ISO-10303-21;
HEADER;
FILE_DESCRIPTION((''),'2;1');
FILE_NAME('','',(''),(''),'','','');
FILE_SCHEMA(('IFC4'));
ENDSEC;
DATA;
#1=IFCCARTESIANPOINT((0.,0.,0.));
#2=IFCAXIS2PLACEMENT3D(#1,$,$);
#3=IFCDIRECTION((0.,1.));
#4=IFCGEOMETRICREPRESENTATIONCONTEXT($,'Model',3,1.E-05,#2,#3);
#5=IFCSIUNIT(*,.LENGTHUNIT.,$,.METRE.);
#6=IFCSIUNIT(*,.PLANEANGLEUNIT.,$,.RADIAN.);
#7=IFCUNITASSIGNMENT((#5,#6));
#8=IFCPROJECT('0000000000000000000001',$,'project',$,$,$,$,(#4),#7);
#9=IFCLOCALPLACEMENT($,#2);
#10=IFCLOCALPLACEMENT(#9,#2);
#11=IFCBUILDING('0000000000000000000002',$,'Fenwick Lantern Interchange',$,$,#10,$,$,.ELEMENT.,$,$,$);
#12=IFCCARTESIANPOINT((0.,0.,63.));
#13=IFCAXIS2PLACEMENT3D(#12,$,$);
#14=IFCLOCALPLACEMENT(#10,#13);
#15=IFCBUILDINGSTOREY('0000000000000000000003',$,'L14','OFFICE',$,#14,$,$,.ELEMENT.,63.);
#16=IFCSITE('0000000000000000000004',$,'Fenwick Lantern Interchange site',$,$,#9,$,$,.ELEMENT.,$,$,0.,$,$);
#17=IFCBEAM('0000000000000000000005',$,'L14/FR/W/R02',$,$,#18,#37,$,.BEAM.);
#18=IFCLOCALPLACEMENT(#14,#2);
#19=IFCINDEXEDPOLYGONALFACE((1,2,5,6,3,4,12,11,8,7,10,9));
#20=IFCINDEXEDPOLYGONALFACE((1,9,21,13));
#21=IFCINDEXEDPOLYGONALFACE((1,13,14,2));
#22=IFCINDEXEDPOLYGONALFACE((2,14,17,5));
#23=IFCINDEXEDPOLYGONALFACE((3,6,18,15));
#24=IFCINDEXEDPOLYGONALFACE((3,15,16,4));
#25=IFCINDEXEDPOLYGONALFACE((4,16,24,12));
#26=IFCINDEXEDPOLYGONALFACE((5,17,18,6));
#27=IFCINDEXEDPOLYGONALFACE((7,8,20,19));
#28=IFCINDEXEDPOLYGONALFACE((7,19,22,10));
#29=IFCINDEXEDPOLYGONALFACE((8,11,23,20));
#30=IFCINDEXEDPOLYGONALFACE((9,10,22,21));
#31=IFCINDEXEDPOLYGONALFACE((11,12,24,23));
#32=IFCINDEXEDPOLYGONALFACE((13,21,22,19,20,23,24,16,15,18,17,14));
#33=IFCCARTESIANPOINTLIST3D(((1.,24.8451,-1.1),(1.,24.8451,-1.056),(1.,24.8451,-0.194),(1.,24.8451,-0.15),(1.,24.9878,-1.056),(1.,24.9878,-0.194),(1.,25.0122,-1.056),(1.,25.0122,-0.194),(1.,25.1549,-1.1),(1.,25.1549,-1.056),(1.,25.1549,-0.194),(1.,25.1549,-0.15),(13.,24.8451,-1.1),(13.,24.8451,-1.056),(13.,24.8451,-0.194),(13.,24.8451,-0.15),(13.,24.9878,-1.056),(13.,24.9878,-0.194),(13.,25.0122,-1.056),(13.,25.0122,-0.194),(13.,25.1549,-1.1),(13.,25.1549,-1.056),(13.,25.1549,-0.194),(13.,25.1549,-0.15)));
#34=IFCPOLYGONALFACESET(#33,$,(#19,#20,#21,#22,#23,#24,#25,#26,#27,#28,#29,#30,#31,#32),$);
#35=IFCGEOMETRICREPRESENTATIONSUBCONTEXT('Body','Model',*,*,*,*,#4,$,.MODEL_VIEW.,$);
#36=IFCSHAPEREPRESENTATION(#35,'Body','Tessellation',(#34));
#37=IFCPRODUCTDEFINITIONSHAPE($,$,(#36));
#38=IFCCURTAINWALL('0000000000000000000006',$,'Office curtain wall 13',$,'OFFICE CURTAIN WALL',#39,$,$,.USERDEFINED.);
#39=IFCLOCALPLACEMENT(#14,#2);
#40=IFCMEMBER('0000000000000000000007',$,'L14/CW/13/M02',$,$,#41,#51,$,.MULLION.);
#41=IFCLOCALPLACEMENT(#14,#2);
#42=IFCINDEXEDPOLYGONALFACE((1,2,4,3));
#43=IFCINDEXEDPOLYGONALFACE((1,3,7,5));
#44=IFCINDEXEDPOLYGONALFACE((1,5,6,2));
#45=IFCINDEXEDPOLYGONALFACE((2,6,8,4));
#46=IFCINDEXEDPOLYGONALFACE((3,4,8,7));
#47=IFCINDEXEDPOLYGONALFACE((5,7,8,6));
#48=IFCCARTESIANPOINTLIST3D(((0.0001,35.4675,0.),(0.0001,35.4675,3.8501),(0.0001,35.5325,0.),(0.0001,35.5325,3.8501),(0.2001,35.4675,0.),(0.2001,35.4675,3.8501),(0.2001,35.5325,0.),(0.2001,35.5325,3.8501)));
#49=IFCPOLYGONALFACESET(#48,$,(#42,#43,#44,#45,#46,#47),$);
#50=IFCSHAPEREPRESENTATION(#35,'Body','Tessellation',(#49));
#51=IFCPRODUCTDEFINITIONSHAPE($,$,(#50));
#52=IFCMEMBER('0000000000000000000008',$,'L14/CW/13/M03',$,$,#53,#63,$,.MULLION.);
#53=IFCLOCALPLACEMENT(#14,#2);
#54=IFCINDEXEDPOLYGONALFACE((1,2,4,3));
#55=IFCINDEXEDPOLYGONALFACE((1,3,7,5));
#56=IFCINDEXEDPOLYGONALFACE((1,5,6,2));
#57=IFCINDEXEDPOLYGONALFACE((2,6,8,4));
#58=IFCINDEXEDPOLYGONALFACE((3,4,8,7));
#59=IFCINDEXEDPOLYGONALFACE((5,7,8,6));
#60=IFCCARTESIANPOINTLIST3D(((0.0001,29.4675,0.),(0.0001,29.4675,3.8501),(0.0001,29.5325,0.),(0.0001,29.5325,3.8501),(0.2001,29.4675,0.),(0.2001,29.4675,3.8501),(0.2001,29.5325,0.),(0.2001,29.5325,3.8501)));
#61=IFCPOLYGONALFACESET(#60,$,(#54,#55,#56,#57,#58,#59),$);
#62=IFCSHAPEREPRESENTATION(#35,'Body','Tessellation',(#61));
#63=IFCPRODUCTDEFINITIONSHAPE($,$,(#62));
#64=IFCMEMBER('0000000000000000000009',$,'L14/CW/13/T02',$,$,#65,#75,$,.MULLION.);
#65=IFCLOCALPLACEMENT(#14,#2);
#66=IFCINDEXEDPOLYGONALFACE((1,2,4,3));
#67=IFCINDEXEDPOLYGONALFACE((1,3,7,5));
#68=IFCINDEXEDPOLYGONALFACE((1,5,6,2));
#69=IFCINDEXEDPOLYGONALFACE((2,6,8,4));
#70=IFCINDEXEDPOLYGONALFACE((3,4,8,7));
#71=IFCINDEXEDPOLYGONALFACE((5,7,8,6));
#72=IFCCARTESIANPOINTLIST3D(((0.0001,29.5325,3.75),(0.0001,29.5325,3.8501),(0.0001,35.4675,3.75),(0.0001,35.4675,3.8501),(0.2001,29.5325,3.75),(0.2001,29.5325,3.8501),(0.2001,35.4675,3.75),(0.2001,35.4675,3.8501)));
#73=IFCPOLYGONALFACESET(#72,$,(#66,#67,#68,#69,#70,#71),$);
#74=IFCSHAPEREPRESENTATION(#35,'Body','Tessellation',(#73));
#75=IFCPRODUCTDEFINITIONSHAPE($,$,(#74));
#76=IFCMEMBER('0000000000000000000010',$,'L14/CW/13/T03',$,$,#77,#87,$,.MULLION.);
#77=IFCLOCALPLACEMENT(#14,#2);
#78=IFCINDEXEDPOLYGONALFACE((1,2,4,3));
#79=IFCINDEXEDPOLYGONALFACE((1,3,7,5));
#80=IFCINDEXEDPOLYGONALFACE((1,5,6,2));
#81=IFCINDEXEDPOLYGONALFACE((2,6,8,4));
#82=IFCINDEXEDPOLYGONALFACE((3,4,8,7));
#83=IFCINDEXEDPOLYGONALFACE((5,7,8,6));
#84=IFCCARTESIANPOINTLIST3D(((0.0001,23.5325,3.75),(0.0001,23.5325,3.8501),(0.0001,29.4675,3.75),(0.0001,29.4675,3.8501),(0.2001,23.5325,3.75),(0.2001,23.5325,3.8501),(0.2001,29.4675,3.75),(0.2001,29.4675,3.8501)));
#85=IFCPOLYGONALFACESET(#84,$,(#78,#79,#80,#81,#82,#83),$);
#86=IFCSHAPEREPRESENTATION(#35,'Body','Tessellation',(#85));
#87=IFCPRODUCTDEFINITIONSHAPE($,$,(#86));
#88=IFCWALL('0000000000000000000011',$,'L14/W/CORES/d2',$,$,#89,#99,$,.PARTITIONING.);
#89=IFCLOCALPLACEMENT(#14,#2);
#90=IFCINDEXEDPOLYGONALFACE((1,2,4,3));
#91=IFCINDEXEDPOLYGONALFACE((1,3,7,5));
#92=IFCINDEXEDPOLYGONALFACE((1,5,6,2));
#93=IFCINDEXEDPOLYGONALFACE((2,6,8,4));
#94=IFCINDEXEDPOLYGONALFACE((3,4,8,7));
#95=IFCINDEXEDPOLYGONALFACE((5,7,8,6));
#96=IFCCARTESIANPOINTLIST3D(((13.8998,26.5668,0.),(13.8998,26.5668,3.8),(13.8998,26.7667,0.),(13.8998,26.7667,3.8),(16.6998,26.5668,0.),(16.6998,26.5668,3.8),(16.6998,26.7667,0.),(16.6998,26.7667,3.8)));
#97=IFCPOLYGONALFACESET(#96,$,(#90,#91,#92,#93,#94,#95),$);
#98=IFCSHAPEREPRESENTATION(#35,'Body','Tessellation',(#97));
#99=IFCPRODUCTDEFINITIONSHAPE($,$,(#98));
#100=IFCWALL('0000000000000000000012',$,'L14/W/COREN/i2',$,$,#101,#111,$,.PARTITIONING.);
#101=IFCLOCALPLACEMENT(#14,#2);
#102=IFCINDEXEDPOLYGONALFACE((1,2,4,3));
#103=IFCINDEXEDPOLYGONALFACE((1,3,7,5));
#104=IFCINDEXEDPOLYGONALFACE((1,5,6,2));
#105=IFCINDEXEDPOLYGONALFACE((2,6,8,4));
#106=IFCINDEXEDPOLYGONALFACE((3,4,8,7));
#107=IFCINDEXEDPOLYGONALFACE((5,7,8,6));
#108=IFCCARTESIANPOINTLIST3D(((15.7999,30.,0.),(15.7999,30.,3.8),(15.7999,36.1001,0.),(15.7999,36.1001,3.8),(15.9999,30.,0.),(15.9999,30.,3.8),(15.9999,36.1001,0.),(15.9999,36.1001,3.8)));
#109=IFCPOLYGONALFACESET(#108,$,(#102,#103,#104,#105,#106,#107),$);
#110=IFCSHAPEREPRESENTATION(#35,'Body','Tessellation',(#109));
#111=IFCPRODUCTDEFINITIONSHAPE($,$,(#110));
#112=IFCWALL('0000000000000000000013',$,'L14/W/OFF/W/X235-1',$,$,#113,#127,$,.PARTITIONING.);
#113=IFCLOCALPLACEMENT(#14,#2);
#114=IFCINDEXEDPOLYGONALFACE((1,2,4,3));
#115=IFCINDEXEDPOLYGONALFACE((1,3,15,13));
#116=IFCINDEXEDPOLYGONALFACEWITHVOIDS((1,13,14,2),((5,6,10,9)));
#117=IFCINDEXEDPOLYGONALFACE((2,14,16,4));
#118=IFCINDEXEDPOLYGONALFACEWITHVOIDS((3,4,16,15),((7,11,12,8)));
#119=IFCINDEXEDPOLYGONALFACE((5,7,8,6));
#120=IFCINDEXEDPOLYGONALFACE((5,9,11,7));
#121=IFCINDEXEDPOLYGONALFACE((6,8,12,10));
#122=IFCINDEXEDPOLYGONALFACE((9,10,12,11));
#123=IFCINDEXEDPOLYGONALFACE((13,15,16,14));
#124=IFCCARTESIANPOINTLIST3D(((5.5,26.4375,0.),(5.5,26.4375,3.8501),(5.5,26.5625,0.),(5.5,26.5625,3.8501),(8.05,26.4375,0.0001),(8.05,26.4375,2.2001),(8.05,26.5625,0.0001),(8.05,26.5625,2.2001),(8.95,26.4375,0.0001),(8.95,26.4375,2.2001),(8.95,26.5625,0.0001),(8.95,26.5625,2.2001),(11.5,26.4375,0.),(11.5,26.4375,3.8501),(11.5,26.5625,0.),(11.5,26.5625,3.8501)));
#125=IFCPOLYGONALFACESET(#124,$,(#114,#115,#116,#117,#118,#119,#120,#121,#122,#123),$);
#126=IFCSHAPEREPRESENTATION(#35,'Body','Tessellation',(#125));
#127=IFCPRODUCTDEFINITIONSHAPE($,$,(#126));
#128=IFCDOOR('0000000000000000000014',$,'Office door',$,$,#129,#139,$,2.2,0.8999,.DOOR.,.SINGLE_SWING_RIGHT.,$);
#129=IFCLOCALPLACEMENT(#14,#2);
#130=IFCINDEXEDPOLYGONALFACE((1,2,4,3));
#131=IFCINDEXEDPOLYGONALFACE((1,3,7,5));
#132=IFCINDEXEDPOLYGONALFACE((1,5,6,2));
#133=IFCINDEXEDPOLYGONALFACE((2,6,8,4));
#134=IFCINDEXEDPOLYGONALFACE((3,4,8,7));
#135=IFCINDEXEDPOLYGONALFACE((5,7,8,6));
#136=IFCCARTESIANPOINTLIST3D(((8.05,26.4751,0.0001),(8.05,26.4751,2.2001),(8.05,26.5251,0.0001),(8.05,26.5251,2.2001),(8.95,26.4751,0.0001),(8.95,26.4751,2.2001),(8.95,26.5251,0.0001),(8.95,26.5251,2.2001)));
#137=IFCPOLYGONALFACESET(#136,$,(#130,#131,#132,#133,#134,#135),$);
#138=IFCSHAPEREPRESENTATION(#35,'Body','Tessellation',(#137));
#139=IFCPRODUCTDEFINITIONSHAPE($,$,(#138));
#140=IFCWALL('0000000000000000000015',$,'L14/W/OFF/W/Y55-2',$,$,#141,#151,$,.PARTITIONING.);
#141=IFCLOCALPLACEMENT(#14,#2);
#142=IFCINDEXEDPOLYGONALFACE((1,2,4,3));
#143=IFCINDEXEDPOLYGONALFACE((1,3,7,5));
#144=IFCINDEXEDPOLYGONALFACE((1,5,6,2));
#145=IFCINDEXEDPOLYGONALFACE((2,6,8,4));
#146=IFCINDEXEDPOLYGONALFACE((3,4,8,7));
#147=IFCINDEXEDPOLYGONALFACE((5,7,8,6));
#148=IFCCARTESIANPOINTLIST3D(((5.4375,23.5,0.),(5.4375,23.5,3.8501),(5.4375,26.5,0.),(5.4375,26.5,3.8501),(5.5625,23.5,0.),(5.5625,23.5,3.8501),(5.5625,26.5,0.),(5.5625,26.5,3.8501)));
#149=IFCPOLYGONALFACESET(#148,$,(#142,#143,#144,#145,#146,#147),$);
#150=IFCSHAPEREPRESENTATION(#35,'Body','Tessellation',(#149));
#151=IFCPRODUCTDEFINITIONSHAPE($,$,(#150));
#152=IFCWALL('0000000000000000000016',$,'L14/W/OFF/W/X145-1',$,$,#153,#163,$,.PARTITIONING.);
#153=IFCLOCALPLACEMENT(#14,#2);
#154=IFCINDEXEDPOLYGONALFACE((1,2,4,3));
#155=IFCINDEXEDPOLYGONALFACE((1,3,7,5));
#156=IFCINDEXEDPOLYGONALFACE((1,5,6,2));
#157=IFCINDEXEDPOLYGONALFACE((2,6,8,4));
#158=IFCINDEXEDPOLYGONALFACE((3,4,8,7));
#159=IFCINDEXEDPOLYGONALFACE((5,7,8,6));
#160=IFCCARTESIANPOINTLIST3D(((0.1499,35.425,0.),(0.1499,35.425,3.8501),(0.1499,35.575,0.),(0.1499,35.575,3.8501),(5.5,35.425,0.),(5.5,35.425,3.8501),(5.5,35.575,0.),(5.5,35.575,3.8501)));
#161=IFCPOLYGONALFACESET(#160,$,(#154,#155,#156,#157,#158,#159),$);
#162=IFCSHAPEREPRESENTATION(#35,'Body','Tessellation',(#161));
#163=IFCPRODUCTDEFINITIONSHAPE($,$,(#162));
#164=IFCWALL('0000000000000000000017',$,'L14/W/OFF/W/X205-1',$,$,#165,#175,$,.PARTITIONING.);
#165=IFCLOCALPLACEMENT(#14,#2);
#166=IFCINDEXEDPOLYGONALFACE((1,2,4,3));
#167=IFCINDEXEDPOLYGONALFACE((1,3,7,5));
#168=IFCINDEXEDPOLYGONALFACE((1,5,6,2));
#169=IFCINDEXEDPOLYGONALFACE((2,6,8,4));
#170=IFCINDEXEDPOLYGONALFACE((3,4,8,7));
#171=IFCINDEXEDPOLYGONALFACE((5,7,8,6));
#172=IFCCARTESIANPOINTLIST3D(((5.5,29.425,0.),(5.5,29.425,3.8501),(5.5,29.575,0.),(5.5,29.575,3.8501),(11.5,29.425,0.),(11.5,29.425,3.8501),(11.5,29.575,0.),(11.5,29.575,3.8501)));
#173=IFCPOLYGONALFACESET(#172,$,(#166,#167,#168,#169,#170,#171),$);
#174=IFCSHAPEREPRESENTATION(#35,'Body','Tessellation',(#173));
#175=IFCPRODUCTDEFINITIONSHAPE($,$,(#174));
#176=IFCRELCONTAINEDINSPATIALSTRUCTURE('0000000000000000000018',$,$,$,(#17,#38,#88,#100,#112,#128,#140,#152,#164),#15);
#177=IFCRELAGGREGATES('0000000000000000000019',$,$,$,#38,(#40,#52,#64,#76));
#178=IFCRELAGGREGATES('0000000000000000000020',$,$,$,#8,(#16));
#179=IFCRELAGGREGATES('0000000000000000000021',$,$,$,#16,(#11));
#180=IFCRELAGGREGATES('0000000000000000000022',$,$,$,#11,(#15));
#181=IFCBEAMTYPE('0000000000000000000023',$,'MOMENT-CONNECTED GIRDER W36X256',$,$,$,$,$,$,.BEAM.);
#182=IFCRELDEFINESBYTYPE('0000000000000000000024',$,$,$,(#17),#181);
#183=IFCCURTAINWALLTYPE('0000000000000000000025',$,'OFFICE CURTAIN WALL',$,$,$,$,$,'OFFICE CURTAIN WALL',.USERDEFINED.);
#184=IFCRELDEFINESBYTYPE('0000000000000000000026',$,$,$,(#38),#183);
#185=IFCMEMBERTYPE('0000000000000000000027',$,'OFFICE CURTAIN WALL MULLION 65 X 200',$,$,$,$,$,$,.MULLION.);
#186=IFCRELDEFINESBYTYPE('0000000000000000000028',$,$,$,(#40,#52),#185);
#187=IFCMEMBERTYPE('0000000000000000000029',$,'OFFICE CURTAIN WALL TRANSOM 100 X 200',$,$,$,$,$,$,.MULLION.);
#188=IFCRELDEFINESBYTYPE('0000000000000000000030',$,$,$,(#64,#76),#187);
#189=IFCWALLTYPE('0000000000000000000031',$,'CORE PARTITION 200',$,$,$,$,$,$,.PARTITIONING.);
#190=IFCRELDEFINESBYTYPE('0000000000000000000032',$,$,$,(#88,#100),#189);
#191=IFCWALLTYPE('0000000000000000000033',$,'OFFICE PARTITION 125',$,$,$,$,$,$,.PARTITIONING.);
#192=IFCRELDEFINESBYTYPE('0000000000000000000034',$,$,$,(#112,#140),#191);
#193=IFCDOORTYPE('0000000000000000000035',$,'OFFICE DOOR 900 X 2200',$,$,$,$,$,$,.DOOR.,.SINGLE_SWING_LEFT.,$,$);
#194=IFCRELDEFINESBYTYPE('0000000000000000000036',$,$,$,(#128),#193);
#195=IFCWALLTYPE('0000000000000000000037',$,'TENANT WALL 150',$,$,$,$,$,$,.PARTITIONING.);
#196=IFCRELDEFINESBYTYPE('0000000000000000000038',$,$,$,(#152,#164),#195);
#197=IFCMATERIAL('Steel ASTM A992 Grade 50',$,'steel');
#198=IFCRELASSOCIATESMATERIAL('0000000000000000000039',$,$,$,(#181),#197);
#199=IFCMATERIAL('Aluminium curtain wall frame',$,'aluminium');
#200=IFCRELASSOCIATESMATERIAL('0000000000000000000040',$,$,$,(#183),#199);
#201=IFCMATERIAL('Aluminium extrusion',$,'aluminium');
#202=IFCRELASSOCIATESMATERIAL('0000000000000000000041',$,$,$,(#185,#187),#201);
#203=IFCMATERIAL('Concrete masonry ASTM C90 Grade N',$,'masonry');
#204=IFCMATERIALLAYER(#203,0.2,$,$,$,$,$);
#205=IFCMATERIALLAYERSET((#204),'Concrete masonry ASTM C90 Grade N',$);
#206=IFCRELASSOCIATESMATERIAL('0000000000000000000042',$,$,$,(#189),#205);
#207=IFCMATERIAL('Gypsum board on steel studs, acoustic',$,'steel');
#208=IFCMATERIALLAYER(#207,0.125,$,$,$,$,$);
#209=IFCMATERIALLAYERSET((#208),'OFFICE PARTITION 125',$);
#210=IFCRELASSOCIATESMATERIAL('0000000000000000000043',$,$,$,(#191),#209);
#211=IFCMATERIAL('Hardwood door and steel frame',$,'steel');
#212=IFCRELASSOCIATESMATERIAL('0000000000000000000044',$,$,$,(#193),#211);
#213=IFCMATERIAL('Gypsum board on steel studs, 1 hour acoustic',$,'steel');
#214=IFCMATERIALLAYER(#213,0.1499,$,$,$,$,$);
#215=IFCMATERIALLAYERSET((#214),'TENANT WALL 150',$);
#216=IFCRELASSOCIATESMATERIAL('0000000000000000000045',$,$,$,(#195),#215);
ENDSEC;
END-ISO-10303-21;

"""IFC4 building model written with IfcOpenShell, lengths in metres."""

from ifc_helpers import new_model, si_unit, direction, frame, frame_2d, origin, origin_2d, place, context, subcontext, project, spatial, rectangle, i_section, extrude, material, layer, layer_set, material_profile, profile_set, type_object, element, fill, aggregate, save


model = new_model("IFC4")

# Units and contexts
model_context = context("Model", 3, precision=1e-05, world=origin(), true_north=direction((0.0, 1.0)))
body_context = subcontext(model_context, "Body", "Model", "MODEL_VIEW")
ifc_project = project(units=[si_unit("LENGTHUNIT", "METRE"), si_unit("PLANEANGLEUNIT", "RADIAN")], contexts=[model_context])

# Site, building, storey
site_placement = place(None, origin())
site = spatial("IfcSite", under=ifc_project, at=site_placement, Name="Fenwick Lantern Interchange site", CompositionType="ELEMENT", RefElevation=0.0)
building_placement = place(site_placement, origin())
building = spatial("IfcBuilding", under=site, at=building_placement, Name="Fenwick Lantern Interchange", CompositionType="ELEMENT")
storey_placement = place(building_placement, frame((0.0, 0.0, 63.0)))
storey = spatial("IfcBuildingStorey", under=building, at=storey_placement, Name="L14", Description="OFFICE", CompositionType="ELEMENT", Elevation=63.0)

# Beam
ifc_material_1 = material(Name="Steel ASTM A992 Grade 50", Category="steel")
ifc_material_profile_1 = material_profile(ifc_material_1, i_section(OverallWidth=0.3098, OverallDepth=0.95, WebThickness=0.0244, FlangeThickness=0.0439, at=origin_2d()), Name="W36X256")
ifc_profile_set_1 = profile_set([ifc_material_profile_1], Name="Steel ASTM A992 Grade 50")
beam_type = type_object("IfcBeamType", Name="MOMENT-CONNECTED GIRDER W36X256", PredefinedType="BEAM", material=ifc_profile_set_1)
beam_placement = place(storey_placement, frame((1.0, 25.0, -0.625), z_axis=(1.0, 0.0, 0.0), x_axis=(0.0, 1.0, 0.0)))
element("IfcBeam", 1, at=beam_placement, inside=storey, type_object=beam_type, Name="L14/FR/W/R02", PredefinedType="BEAM", context=body_context, shape_type="SweptSolid", body=[
    extrude(i_section(OverallWidth=0.3098, OverallDepth=0.95, WebThickness=0.0244, FlangeThickness=0.0439, at=origin_2d()), origin(), (0.0, 0.0, 1.0), 12.0),
])

# Curtain wall, members
ifc_material_2 = material(Name="Aluminium curtain wall frame", Category="aluminium")
curtain_wall_type = type_object("IfcCurtainWallType", Name="OFFICE CURTAIN WALL", ElementType="OFFICE CURTAIN WALL", PredefinedType="USERDEFINED", material=ifc_material_2)
curtain_wall_placement = place(storey_placement, origin())
curtain_wall = element("IfcCurtainWall", 2, at=curtain_wall_placement, inside=storey, type_object=curtain_wall_type, Name="Office curtain wall 13", ObjectType="OFFICE CURTAIN WALL", PredefinedType="USERDEFINED")
ifc_material_3 = material(Name="Aluminium extrusion", Category="aluminium")
ifc_material_profile_2 = material_profile(ifc_material_3, rectangle(XDim=0.2, YDim=0.0649, at=origin_2d()), Name="OFFICE CURTAIN WALL MULLION 65 X 200")
ifc_profile_set_2 = profile_set([ifc_material_profile_2], Name="Aluminium extrusion")
member_type_1 = type_object("IfcMemberType", Name="OFFICE CURTAIN WALL MULLION 65 X 200", PredefinedType="MULLION", material=ifc_profile_set_2)
member_1_placement = place(storey_placement, frame((0.1001, 35.5, 0.0), z_axis=(0.0, 0.0, 1.0), x_axis=(1.0, 0.0, 0.0)))
member_1 = element("IfcMember", 3, at=member_1_placement, type_object=member_type_1, Name="L14/CW/13/M02", PredefinedType="MULLION", context=body_context, shape_type="SweptSolid", body=[
    extrude(rectangle(XDim=0.2, YDim=0.0649, at=origin_2d()), origin(), (0.0, 0.0, 1.0), 3.8501),
])
member_2_placement = place(storey_placement, frame((0.1001, 29.5, 0.0), z_axis=(0.0, 0.0, 1.0), x_axis=(1.0, 0.0, 0.0)))
member_2 = element("IfcMember", 4, at=member_2_placement, type_object=member_type_1, Name="L14/CW/13/M03", PredefinedType="MULLION", context=body_context, shape_type="SweptSolid", body=[
    extrude(rectangle(XDim=0.2, YDim=0.0649, at=origin_2d()), origin(), (0.0, 0.0, 1.0), 3.8501),
])
ifc_material_profile_3 = material_profile(ifc_material_3, rectangle(XDim=0.2, YDim=0.1001, at=origin_2d()), Name="OFFICE CURTAIN WALL TRANSOM 100 X 200")
ifc_profile_set_3 = profile_set([ifc_material_profile_3], Name="Aluminium extrusion")
member_type_2 = type_object("IfcMemberType", Name="OFFICE CURTAIN WALL TRANSOM 100 X 200", PredefinedType="MULLION", material=ifc_profile_set_3)
member_3_placement = place(storey_placement, frame((0.1001, 35.4675, 3.8), z_axis=(0.0, -1.0, 0.0), x_axis=(1.0, 0.0, 0.0)))
member_3 = element("IfcMember", 5, at=member_3_placement, type_object=member_type_2, Name="L14/CW/13/T02", PredefinedType="MULLION", context=body_context, shape_type="SweptSolid", body=[
    extrude(rectangle(XDim=0.2, YDim=0.1001, at=origin_2d()), origin(), (0.0, 0.0, 1.0), 5.9351),
])
member_4_placement = place(storey_placement, frame((0.1001, 29.4675, 3.8), z_axis=(0.0, -1.0, 0.0), x_axis=(1.0, 0.0, 0.0)))
member_4 = element("IfcMember", 6, at=member_4_placement, type_object=member_type_2, Name="L14/CW/13/T03", PredefinedType="MULLION", context=body_context, shape_type="SweptSolid", body=[
    extrude(rectangle(XDim=0.2, YDim=0.1001, at=origin_2d()), origin(), (0.0, 0.0, 1.0), 5.9351),
])
aggregate(curtain_wall, [member_1, member_2, member_3, member_4])

# Walls
ifc_material_4 = material(Name="Concrete masonry ASTM C90 Grade N", Category="masonry")
ifc_layer_1 = layer(ifc_material_4, 0.2)
ifc_layer_set_1 = layer_set([ifc_layer_1], Name="Concrete masonry ASTM C90 Grade N")
wall_type_1 = type_object("IfcWallType", Name="CORE PARTITION 200", PredefinedType="PARTITIONING", material=ifc_layer_set_1)
wall_1_placement = place(storey_placement, frame((13.8999, 26.6667, 0.0), z_axis=(0.0, 0.0, 1.0), x_axis=(1.0, 0.0, 0.0)))
element("IfcWall", 7, at=wall_1_placement, inside=storey, type_object=wall_type_1, Name="L14/W/CORES/d2", PredefinedType="PARTITIONING", context=body_context, shape_type="SweptSolid", body=[
    extrude(rectangle(XDim=2.8, YDim=0.2, at=frame_2d((1.3999, 0.0))), origin(), (0.0, 0.0, 1.0), 3.8),
])
wall_2_placement = place(storey_placement, frame((15.8999, 36.1001, 0.0), z_axis=(0.0, 0.0, 1.0), x_axis=(0.0, -1.0, 0.0)))
element("IfcWall", 8, at=wall_2_placement, inside=storey, type_object=wall_type_1, Name="L14/W/COREN/i2", PredefinedType="PARTITIONING", context=body_context, shape_type="SweptSolid", body=[
    extrude(rectangle(XDim=6.1001, YDim=0.2, at=frame_2d((3.05, 0.0))), origin(), (0.0, 0.0, 1.0), 3.8),
])

# Shared definitions
ifc_material_5 = material(Name="Hardwood door and steel frame", Category="steel")

# Wall, opening, door
ifc_material_6 = material(Name="Gypsum board on steel studs, acoustic", Category="steel")
ifc_layer_2 = layer(ifc_material_6, 0.125)
ifc_layer_set_2 = layer_set([ifc_layer_2], Name="OFFICE PARTITION 125")
wall_type_2 = type_object("IfcWallType", Name="OFFICE PARTITION 125", PredefinedType="PARTITIONING", material=ifc_layer_set_2)
wall_3_placement = place(storey_placement, frame((5.5, 26.5, 0.0), z_axis=(0.0, 0.0, 1.0), x_axis=(1.0, 0.0, 0.0)))
wall_3 = element("IfcWall", 9, at=wall_3_placement, inside=storey, type_object=wall_type_2, Name="L14/W/OFF/W/X235-1", PredefinedType="PARTITIONING", context=body_context, shape_type="SweptSolid", body=[
    extrude(rectangle(XDim=6.0, YDim=0.125, at=frame_2d((3.0, 0.0))), origin(), (0.0, 0.0, 1.0), 3.8501),
])
opening_1_placement = place(wall_3_placement, frame((2.55, 0.0, 0.0)))
opening_1 = element("IfcOpeningElement", 10, at=opening_1_placement, cuts=wall_3, PredefinedType="OPENING", context=body_context, shape_type="SweptSolid", body=[
    extrude(rectangle(XDim=0.8999, YDim=2.2, at=frame_2d((0.45, 1.1001))), frame((0.0, 0.0725, 0.0), z_axis=(0.0, -1.0, 0.0), x_axis=(1.0, 0.0, 0.0)), (0.0, 0.0, 1.0), 0.145),
])
door_type_1 = type_object("IfcDoorType", Name="OFFICE DOOR 900 X 2200", OperationType="SINGLE_SWING_LEFT", PredefinedType="DOOR", material=ifc_material_5)
door_1_placement = place(opening_1_placement, frame((0.8999, 0.0, 0.0), z_axis=(0.0, 0.0, 1.0), x_axis=(-1.0, 0.0, 0.0)))
door_1 = element("IfcDoor", 11, at=door_1_placement, inside=storey, type_object=door_type_1, Name="Office door", OperationType="SINGLE_SWING_RIGHT", OverallHeight=2.2, OverallWidth=0.8999, PredefinedType="DOOR", context=body_context, shape_type="SweptSolid", body=[
    extrude(rectangle(XDim=0.8999, YDim=2.2, at=frame_2d((0.45, 1.1001))), frame((0.0, 0.0249, 0.0), z_axis=(0.0, -1.0, 0.0), x_axis=(1.0, 0.0, 0.0)), (0.0, 0.0, 1.0), 0.05),
])
fill(opening_1, door_1)

# Walls
wall_4_placement = place(storey_placement, frame((5.5, 26.5, 0.0), z_axis=(0.0, 0.0, 1.0), x_axis=(0.0, -1.0, 0.0)))
element("IfcWall", 12, at=wall_4_placement, inside=storey, type_object=wall_type_2, Name="L14/W/OFF/W/Y55-2", PredefinedType="PARTITIONING", context=body_context, shape_type="SweptSolid", body=[
    extrude(rectangle(XDim=3.0, YDim=0.125, at=frame_2d((1.5, 0.0))), origin(), (0.0, 0.0, 1.0), 3.8501),
])
ifc_material_7 = material(Name="Gypsum board on steel studs, 1 hour acoustic", Category="steel")
ifc_layer_3 = layer(ifc_material_7, 0.1499)
ifc_layer_set_3 = layer_set([ifc_layer_3], Name="TENANT WALL 150")
wall_type_3 = type_object("IfcWallType", Name="TENANT WALL 150", PredefinedType="PARTITIONING", material=ifc_layer_set_3)
wall_5_placement = place(storey_placement, frame((0.1499, 35.5, 0.0), z_axis=(0.0, 0.0, 1.0), x_axis=(1.0, 0.0, 0.0)))
element("IfcWall", 13, at=wall_5_placement, inside=storey, type_object=wall_type_3, Name="L14/W/OFF/W/X145-1", PredefinedType="PARTITIONING", context=body_context, shape_type="SweptSolid", body=[
    extrude(rectangle(XDim=5.3501, YDim=0.1499, at=frame_2d((2.675, 0.0))), origin(), (0.0, 0.0, 1.0), 3.8501),
])
for number, where, z_axis, x_axis, name in (
    (14, (5.5, 29.5, 0.0), (0.0, 0.0, 1.0), (1.0, 0.0, 0.0), "L14/W/OFF/W/X205-1"),
):
    element("IfcWall", number, at=place(storey_placement, frame(where, z_axis=z_axis, x_axis=x_axis)), inside=storey, type_object=wall_type_3, Name=name, PredefinedType="PARTITIONING", context=body_context, shape_type="SweptSolid", body=[
        extrude(rectangle(XDim=6.0, YDim=0.1499, at=frame_2d((3.0, 0.0))), origin(), (0.0, 0.0, 1.0), 3.8501),
    ])

save(model, "model.ifc")
